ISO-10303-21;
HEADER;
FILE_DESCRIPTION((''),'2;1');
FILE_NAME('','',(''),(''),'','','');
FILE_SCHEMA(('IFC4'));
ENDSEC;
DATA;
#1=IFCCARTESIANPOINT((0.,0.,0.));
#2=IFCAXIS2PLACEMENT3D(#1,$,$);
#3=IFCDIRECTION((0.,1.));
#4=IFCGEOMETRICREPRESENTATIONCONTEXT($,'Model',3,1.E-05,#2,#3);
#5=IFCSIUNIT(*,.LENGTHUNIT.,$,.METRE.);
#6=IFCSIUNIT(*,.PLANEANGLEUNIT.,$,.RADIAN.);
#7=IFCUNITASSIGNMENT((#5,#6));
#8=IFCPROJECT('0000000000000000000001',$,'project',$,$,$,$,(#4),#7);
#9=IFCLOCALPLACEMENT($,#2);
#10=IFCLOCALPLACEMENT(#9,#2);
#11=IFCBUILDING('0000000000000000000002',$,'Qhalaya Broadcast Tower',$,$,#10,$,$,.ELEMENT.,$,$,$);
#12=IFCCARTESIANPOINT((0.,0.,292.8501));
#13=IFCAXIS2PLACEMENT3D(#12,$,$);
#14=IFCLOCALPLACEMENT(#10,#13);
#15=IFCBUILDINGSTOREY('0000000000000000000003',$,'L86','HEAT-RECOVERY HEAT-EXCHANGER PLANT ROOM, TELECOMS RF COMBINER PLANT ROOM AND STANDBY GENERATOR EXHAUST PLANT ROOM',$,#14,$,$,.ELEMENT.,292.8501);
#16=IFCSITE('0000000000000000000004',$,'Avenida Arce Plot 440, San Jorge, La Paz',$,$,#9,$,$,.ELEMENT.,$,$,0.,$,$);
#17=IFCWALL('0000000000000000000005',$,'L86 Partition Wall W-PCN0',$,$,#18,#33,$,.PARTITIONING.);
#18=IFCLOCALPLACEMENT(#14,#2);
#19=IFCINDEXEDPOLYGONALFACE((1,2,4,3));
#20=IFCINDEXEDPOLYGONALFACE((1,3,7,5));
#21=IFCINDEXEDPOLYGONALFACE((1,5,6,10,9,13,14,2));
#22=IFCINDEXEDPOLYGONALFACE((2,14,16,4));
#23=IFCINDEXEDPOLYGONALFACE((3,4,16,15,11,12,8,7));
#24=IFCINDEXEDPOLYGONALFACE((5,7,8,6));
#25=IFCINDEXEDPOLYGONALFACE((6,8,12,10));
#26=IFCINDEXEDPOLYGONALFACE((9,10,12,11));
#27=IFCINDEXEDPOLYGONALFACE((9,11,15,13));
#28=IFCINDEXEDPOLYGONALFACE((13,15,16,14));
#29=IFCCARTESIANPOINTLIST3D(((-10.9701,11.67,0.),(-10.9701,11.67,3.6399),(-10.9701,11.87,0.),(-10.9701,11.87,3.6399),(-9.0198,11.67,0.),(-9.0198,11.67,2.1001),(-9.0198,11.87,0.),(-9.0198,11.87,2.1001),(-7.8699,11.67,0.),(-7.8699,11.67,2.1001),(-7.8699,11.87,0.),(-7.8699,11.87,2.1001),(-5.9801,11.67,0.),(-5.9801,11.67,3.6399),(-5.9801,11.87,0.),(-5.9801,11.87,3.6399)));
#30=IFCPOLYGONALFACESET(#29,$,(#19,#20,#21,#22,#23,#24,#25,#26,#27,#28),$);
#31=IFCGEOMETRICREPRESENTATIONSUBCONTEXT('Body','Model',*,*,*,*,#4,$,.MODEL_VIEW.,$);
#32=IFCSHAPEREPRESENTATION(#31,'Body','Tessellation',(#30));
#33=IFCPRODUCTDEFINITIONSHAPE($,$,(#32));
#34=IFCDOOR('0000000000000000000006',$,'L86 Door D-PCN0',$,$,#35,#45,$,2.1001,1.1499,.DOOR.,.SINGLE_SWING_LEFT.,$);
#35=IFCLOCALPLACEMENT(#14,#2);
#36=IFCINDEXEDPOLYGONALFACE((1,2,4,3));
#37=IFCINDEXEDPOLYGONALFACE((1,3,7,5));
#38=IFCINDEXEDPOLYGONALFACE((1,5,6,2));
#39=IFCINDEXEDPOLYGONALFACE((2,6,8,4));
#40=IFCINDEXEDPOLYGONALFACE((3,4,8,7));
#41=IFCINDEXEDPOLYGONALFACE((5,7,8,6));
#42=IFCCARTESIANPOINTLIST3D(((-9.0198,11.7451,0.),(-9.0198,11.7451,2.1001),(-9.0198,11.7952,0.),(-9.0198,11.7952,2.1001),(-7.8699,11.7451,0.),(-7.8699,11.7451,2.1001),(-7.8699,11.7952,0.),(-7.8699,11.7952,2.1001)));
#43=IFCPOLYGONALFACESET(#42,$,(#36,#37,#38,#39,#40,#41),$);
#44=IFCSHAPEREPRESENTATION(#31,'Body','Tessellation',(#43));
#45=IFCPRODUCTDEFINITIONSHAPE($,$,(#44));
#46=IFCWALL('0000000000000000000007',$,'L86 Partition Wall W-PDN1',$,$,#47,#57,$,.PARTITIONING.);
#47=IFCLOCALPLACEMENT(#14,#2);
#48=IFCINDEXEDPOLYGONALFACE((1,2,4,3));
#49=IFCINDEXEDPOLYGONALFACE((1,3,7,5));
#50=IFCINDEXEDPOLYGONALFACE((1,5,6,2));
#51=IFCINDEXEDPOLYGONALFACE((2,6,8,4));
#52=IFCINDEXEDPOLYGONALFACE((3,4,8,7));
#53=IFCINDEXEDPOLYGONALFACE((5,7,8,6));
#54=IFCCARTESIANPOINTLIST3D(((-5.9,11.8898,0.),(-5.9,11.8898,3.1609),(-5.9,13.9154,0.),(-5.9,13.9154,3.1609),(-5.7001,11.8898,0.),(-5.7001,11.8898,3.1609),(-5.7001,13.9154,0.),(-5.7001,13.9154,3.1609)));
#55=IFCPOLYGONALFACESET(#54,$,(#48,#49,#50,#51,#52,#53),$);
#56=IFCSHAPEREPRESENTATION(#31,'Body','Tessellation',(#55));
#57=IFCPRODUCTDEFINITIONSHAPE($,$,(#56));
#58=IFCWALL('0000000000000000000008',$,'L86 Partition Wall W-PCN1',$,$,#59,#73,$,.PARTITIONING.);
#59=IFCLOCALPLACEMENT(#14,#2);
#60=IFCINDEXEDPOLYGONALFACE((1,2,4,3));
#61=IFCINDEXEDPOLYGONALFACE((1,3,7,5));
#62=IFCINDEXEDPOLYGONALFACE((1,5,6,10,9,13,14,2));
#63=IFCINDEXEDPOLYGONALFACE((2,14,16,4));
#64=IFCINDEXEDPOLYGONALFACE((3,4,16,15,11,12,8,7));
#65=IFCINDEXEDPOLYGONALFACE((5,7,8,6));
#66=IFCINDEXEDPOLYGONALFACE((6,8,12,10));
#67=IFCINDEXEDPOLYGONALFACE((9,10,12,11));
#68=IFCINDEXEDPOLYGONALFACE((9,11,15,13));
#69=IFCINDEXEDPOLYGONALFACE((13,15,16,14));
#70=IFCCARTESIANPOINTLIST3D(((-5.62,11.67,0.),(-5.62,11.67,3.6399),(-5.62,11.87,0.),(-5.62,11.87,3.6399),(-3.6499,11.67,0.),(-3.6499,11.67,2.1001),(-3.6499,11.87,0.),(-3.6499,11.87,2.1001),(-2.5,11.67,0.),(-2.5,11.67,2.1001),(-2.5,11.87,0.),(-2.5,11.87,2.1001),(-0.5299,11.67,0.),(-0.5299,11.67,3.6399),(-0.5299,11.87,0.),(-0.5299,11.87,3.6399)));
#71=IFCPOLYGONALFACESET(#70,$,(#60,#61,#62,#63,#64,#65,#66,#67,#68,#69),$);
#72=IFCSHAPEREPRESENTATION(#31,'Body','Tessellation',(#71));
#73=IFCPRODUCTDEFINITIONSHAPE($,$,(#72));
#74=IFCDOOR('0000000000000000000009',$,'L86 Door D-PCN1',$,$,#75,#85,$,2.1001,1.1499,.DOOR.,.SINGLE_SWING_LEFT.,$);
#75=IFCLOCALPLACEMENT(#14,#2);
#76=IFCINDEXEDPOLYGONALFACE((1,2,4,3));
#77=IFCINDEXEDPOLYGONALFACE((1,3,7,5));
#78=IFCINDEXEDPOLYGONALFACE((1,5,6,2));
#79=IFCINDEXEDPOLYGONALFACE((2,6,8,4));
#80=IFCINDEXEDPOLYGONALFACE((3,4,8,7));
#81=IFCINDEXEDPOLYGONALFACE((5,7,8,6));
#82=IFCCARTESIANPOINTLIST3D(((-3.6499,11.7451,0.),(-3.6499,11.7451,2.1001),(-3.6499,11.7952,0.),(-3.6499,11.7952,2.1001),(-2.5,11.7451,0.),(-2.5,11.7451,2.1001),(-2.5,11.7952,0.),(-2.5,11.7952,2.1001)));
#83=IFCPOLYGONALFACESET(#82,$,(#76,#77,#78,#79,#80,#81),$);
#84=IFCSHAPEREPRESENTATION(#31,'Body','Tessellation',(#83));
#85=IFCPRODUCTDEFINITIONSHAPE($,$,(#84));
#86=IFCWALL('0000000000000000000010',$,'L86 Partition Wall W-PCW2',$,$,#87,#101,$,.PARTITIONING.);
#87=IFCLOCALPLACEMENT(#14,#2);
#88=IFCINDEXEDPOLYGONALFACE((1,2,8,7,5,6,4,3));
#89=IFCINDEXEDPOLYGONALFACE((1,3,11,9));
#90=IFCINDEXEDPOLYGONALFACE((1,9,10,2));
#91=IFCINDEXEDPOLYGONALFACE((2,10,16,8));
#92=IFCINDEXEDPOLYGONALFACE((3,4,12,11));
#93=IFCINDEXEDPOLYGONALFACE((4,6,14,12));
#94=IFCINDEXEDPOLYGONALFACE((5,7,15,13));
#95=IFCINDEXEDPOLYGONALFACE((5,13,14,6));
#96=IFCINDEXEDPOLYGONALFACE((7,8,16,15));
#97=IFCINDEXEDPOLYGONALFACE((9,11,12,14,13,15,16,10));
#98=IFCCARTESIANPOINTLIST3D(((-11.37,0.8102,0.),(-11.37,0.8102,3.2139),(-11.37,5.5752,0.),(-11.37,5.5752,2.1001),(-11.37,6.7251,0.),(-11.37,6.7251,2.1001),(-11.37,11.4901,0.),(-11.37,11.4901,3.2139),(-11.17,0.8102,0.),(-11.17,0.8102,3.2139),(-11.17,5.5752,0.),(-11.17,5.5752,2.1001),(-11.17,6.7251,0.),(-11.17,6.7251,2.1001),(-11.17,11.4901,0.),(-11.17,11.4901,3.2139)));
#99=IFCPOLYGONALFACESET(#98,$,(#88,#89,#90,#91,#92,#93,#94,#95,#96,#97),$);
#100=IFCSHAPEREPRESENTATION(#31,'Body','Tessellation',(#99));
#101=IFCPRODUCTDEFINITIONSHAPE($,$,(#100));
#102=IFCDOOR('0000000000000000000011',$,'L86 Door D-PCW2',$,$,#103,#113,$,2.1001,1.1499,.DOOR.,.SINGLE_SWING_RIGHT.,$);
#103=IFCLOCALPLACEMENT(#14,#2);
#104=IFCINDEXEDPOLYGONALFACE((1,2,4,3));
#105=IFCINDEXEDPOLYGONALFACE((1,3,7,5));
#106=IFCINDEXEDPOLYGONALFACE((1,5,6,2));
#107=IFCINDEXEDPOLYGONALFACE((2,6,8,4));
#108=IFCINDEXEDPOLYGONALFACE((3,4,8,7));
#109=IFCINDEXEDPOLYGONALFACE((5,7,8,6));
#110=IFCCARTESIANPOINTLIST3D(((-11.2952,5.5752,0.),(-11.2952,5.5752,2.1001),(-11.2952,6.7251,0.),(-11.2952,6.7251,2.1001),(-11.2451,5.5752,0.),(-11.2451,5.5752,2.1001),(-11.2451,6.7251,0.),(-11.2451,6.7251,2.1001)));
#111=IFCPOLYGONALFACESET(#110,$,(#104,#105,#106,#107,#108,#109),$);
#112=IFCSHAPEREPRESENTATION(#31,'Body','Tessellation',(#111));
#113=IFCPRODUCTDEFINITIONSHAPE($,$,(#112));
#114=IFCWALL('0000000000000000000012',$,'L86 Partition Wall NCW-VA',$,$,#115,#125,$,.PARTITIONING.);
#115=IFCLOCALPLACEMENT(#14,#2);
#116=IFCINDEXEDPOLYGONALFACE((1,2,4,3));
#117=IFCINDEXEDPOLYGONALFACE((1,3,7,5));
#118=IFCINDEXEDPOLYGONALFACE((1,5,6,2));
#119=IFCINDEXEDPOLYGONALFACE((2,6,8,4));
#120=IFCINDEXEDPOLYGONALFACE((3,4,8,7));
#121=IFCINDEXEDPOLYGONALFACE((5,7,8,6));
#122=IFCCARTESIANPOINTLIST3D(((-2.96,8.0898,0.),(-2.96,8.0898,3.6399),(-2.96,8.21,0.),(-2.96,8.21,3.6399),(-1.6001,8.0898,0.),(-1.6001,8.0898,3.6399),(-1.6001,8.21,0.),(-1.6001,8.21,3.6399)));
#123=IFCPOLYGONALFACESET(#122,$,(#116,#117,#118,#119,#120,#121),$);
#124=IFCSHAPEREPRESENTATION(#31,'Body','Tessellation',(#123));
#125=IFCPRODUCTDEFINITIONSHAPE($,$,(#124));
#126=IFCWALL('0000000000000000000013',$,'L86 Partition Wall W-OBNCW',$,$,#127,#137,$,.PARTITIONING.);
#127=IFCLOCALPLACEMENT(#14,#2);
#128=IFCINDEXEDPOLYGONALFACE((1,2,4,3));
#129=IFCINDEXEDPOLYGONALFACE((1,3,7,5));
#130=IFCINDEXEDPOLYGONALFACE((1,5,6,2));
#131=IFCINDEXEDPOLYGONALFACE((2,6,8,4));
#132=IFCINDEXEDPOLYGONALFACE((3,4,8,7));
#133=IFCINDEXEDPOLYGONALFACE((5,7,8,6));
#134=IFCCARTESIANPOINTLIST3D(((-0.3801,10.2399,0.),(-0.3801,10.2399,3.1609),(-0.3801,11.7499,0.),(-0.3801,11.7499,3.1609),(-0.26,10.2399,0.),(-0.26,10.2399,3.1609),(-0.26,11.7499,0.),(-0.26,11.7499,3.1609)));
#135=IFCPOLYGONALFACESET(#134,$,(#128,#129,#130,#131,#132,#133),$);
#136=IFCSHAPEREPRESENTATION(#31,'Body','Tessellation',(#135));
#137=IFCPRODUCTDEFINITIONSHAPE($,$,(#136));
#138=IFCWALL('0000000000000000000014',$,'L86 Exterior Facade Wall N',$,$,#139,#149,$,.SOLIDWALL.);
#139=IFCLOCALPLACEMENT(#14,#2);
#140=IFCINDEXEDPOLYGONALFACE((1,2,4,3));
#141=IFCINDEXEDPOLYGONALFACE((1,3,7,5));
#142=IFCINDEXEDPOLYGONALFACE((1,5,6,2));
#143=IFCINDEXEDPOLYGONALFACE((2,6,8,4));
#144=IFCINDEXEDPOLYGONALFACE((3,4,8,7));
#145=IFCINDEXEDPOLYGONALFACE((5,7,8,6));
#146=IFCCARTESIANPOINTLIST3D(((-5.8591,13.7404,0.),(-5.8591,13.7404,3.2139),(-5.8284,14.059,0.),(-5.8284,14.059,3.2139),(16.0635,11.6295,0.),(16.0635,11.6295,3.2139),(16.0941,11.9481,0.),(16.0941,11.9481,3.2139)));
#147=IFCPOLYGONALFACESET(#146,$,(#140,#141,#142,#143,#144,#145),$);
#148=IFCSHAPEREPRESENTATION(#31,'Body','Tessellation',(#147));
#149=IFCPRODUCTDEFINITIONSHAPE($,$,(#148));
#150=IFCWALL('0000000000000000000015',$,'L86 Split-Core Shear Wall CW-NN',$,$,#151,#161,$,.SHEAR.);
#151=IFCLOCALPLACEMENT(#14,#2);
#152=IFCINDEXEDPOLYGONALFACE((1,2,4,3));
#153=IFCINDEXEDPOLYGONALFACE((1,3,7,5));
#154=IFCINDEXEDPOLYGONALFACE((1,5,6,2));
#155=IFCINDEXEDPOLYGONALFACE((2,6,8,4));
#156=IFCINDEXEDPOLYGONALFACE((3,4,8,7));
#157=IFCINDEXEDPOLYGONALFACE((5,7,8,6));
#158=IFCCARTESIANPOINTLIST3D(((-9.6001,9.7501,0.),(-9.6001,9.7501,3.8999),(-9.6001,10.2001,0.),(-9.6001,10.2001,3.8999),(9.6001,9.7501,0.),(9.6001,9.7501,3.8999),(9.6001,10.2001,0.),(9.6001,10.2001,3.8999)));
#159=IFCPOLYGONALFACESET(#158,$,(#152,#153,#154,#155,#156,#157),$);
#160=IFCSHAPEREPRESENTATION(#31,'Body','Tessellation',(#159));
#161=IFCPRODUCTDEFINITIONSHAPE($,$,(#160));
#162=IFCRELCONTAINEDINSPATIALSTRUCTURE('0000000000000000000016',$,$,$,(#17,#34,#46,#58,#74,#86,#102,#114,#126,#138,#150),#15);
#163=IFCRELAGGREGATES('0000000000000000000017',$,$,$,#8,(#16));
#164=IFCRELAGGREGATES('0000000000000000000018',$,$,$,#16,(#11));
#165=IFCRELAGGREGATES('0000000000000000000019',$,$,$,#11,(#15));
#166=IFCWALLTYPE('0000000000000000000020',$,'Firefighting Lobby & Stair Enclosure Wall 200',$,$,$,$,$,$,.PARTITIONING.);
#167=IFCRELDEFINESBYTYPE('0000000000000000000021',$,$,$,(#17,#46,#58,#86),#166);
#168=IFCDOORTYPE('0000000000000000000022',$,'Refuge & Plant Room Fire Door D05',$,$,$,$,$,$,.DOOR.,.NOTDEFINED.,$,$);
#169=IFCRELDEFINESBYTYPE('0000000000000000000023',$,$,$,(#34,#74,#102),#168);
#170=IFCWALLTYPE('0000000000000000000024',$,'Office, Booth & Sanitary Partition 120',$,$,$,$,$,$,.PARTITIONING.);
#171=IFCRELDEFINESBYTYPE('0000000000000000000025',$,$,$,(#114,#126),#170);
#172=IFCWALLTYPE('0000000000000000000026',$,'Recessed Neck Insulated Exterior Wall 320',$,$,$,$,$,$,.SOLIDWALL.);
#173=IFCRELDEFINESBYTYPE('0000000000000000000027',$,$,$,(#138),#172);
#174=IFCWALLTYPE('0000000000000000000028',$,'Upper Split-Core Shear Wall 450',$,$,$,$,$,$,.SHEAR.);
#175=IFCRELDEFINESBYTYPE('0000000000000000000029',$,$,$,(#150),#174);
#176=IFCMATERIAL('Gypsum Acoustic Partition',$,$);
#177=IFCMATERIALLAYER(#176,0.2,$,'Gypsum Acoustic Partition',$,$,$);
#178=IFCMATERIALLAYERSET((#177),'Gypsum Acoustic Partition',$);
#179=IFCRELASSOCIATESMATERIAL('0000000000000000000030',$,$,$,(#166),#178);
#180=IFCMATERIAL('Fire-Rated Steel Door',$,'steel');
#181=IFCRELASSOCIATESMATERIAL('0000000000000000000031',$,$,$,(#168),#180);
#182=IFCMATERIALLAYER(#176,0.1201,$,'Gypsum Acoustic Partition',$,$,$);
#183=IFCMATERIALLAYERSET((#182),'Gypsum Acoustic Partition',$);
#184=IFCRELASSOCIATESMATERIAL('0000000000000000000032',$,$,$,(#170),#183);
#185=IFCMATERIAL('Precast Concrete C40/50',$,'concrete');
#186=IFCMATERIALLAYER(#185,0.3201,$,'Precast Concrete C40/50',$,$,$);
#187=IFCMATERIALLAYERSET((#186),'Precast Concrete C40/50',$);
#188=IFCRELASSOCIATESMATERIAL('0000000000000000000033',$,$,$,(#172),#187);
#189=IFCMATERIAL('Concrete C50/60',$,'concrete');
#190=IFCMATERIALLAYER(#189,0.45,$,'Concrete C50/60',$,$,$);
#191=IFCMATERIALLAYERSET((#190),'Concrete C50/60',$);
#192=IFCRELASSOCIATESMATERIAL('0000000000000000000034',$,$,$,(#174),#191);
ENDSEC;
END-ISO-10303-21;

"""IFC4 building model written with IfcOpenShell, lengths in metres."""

from ifc_helpers import new_model, si_unit, direction, frame, frame_2d, origin, place, context, subcontext, project, spatial, rectangle, extrude, material, layer, layer_set, type_object, element, fill, save


model = new_model("IFC4")

# Units and contexts
model_context = context("Model", 3, precision=1e-05, world=origin(), true_north=direction((0.0, 1.0)))
body_context = subcontext(model_context, "Body", "Model", "MODEL_VIEW")
ifc_project = project(units=[si_unit("LENGTHUNIT", "METRE"), si_unit("PLANEANGLEUNIT", "RADIAN")], contexts=[model_context])

# Site, building, storey
site_placement = place(None, origin())
site = spatial("IfcSite", under=ifc_project, at=site_placement, Name="Avenida Arce Plot 440, San Jorge, La Paz", CompositionType="ELEMENT", RefElevation=0.0)
building_placement = place(site_placement, origin())
building = spatial("IfcBuilding", under=site, at=building_placement, Name="Qhalaya Broadcast Tower", CompositionType="ELEMENT")
storey_placement = place(building_placement, frame((0.0, 0.0, 292.8501)))
storey = spatial("IfcBuildingStorey", under=building, at=storey_placement, Name="L86", Description="HEAT-RECOVERY HEAT-EXCHANGER PLANT ROOM, TELECOMS RF COMBINER PLANT ROOM AND STANDBY GENERATOR EXHAUST PLANT ROOM", CompositionType="ELEMENT", Elevation=292.8501)

# Shared definitions
ifc_material_1 = material(Name="Concrete C50/60", Category="concrete")

# Wall, opening, door
ifc_material_2 = material(Name="Gypsum Acoustic Partition")
ifc_layer_1 = layer(ifc_material_2, 0.2, Name="Gypsum Acoustic Partition")
ifc_layer_set_1 = layer_set([ifc_layer_1], Name="Gypsum Acoustic Partition")
wall_type_1 = type_object("IfcWallType", Name="Firefighting Lobby & Stair Enclosure Wall 200", PredefinedType="PARTITIONING", material=ifc_layer_set_1)
wall_1_placement = place(storey_placement, frame((-5.98, 11.77, 0.0), z_axis=(0.0, 0.0, 1.0), x_axis=(-1.0, 0.0, 0.0)))
wall_1 = element("IfcWall", 1, at=wall_1_placement, inside=storey, type_object=wall_type_1, Name="L86 Partition Wall W-PCN0", PredefinedType="PARTITIONING", context=body_context, shape_type="SweptSolid", body=[
    extrude(rectangle(XDim=4.99, YDim=0.2, at=frame_2d((2.4951, 0.0))), origin(), (0.0, 0.0, 1.0), 3.6399),
])
opening_1_placement = place(wall_1_placement, frame((1.8899, 0.0, 0.0)))
opening_1 = element("IfcOpeningElement", 2, at=opening_1_placement, cuts=wall_1, PredefinedType="OPENING", context=body_context, shape_type="SweptSolid", body=[
    extrude(rectangle(XDim=1.1499, YDim=2.1001, at=frame_2d((0.575, 1.05))), frame((0.0, 0.1121, 0.0), z_axis=(0.0, -1.0, 0.0), x_axis=(1.0, 0.0, 0.0)), (0.0, 0.0, 1.0), 0.2239),
])
ifc_material_3 = material(Name="Fire-Rated Steel Door", Category="steel")
door_type = type_object("IfcDoorType", Name="Refuge & Plant Room Fire Door D05", OperationType="NOTDEFINED", PredefinedType="DOOR", material=ifc_material_3)
door_1_placement = place(opening_1_placement, origin())
door_1 = element("IfcDoor", 3, at=door_1_placement, inside=storey, type_object=door_type, Name="L86 Door D-PCN0", OperationType="SINGLE_SWING_LEFT", OverallHeight=2.1001, OverallWidth=1.1499, PredefinedType="DOOR", context=body_context, shape_type="SweptSolid", body=[
    extrude(rectangle(XDim=1.1499, YDim=2.1001, at=frame_2d((0.575, 1.05))), frame((0.0, 0.0249, 0.0), z_axis=(0.0, -1.0, 0.0), x_axis=(1.0, 0.0, 0.0)), (0.0, 0.0, 1.0), 0.05),
])
fill(opening_1, door_1)

# Wall
wall_2_placement = place(storey_placement, frame((-5.8, 11.8899, 0.0), z_axis=(0.0, 0.0, 1.0), x_axis=(0.0, 1.0, 0.0)))
element("IfcWall", 4, at=wall_2_placement, inside=storey, type_object=wall_type_1, Name="L86 Partition Wall W-PDN1", PredefinedType="PARTITIONING", context=body_context, shape_type="SweptSolid", body=[
    extrude(rectangle(XDim=2.0256, YDim=0.2, at=frame_2d((1.0127, 0.0))), origin(), (0.0, 0.0, 1.0), 3.1609),
])

# Walls, openings, doors
wall_3_placement = place(storey_placement, frame((-0.53, 11.77, 0.0), z_axis=(0.0, 0.0, 1.0), x_axis=(-1.0, 0.0, 0.0)))
wall_3 = element("IfcWall", 5, at=wall_3_placement, inside=storey, type_object=wall_type_1, Name="L86 Partition Wall W-PCN1", PredefinedType="PARTITIONING", context=body_context, shape_type="SweptSolid", body=[
    extrude(rectangle(XDim=5.0901, YDim=0.2, at=frame_2d((2.5449, 0.0))), origin(), (0.0, 0.0, 1.0), 3.6399),
])
opening_2_placement = place(wall_3_placement, frame((1.97, 0.0, 0.0)))
opening_2 = element("IfcOpeningElement", 6, at=opening_2_placement, cuts=wall_3, PredefinedType="OPENING", context=body_context, shape_type="SweptSolid", body=[
    extrude(rectangle(XDim=1.1499, YDim=2.1001, at=frame_2d((0.575, 1.05))), frame((0.0, 0.1121, 0.0), z_axis=(0.0, -1.0, 0.0), x_axis=(1.0, 0.0, 0.0)), (0.0, 0.0, 1.0), 0.2239),
])
door_2_placement = place(opening_2_placement, origin())
door_2 = element("IfcDoor", 7, at=door_2_placement, inside=storey, type_object=door_type, Name="L86 Door D-PCN1", OperationType="SINGLE_SWING_LEFT", OverallHeight=2.1001, OverallWidth=1.1499, PredefinedType="DOOR", context=body_context, shape_type="SweptSolid", body=[
    extrude(rectangle(XDim=1.1499, YDim=2.1001, at=frame_2d((0.575, 1.05))), frame((0.0, 0.0249, 0.0), z_axis=(0.0, -1.0, 0.0), x_axis=(1.0, 0.0, 0.0)), (0.0, 0.0, 1.0), 0.05),
])
fill(opening_2, door_2)
wall_4_placement = place(storey_placement, frame((-11.27, 11.49, 0.0), z_axis=(0.0, 0.0, 1.0), x_axis=(0.0, -1.0, 0.0)))
wall_4 = element("IfcWall", 8, at=wall_4_placement, inside=storey, type_object=wall_type_1, Name="L86 Partition Wall W-PCW2", PredefinedType="PARTITIONING", context=body_context, shape_type="SweptSolid", body=[
    extrude(rectangle(XDim=10.6799, YDim=0.2, at=frame_2d((5.3398, 0.0))), origin(), (0.0, 0.0, 1.0), 3.2139),
])
opening_3_placement = place(wall_4_placement, frame((4.7649, 0.0, 0.0)))
opening_3 = element("IfcOpeningElement", 9, at=opening_3_placement, cuts=wall_4, PredefinedType="OPENING", context=body_context, shape_type="SweptSolid", body=[
    extrude(rectangle(XDim=1.1499, YDim=2.1001, at=frame_2d((0.575, 1.05))), frame((0.0, 0.1121, 0.0), z_axis=(0.0, -1.0, 0.0), x_axis=(1.0, 0.0, 0.0)), (0.0, 0.0, 1.0), 0.2239),
])
door_3_placement = place(opening_3_placement, origin())
door_3 = element("IfcDoor", 10, at=door_3_placement, inside=storey, type_object=door_type, Name="L86 Door D-PCW2", OperationType="SINGLE_SWING_RIGHT", OverallHeight=2.1001, OverallWidth=1.1499, PredefinedType="DOOR", context=body_context, shape_type="SweptSolid", body=[
    extrude(rectangle(XDim=1.1499, YDim=2.1001, at=frame_2d((0.575, 1.05))), frame((0.0, 0.0249, 0.0), z_axis=(0.0, -1.0, 0.0), x_axis=(1.0, 0.0, 0.0)), (0.0, 0.0, 1.0), 0.05),
])
fill(opening_3, door_3)

# Walls
ifc_layer_2 = layer(ifc_material_2, 0.1201, Name="Gypsum Acoustic Partition")
ifc_layer_set_2 = layer_set([ifc_layer_2], Name="Gypsum Acoustic Partition")
wall_type_2 = type_object("IfcWallType", Name="Office, Booth & Sanitary Partition 120", PredefinedType="PARTITIONING", material=ifc_layer_set_2)
wall_5_placement = place(storey_placement, frame((-2.96, 8.1499, 0.0), z_axis=(0.0, 0.0, 1.0), x_axis=(1.0, 0.0, 0.0)))
element("IfcWall", 11, at=wall_5_placement, inside=storey, type_object=wall_type_2, Name="L86 Partition Wall NCW-VA", PredefinedType="PARTITIONING", context=body_context, shape_type="SweptSolid", body=[
    extrude(rectangle(XDim=1.3599, YDim=0.1201, at=frame_2d((0.6799, 0.0))), origin(), (0.0, 0.0, 1.0), 3.6399),
])
wall_6_placement = place(storey_placement, frame((-0.3201, 10.24, 0.0), z_axis=(0.0, 0.0, 1.0), x_axis=(0.0, 1.0, 0.0)))
element("IfcWall", 12, at=wall_6_placement, inside=storey, type_object=wall_type_2, Name="L86 Partition Wall W-OBNCW", PredefinedType="PARTITIONING", context=body_context, shape_type="SweptSolid", body=[
    extrude(rectangle(XDim=1.51, YDim=0.1201, at=frame_2d((0.7549, 0.0))), origin(), (0.0, 0.0, 1.0), 3.1609),
])
ifc_material_4 = material(Name="Precast Concrete C40/50", Category="concrete")
ifc_layer_3 = layer(ifc_material_4, 0.3201, Name="Precast Concrete C40/50")
ifc_layer_set_3 = layer_set([ifc_layer_3], Name="Precast Concrete C40/50")
wall_type_3 = type_object("IfcWallType", Name="Recessed Neck Insulated Exterior Wall 320", PredefinedType="SOLIDWALL", material=ifc_layer_set_3)
wall_7_placement = place(storey_placement, frame((-5.8438, 13.8997, 0.0), z_axis=(0.0, 0.0, 1.0), x_axis=(0.995396, -0.095843, 0.0)))
element("IfcWall", 13, at=wall_7_placement, inside=storey, type_object=wall_type_3, Name="L86 Exterior Facade Wall N", PredefinedType="SOLIDWALL", context=body_context, shape_type="SweptSolid", body=[
    extrude(rectangle(XDim=22.0239, YDim=0.3201, at=frame_2d((11.012, 0.0))), origin(), (0.0, 0.0, 1.0), 3.2139),
])
ifc_layer_4 = layer(ifc_material_1, 0.45, Name="Concrete C50/60")
ifc_layer_set_4 = layer_set([ifc_layer_4], Name="Concrete C50/60")
wall_type_4 = type_object("IfcWallType", Name="Upper Split-Core Shear Wall 450", PredefinedType="SHEAR", material=ifc_layer_set_4)
wall_8_placement = place(storey_placement, frame((-9.6001, 9.9751, 0.0), z_axis=(0.0, 0.0, 1.0), x_axis=(1.0, 0.0, 0.0)))
element("IfcWall", 14, at=wall_8_placement, inside=storey, type_object=wall_type_4, Name="L86 Split-Core Shear Wall CW-NN", PredefinedType="SHEAR", context=body_context, shape_type="SweptSolid", body=[
    extrude(rectangle(XDim=19.2002, YDim=0.45, at=frame_2d((9.6001, 0.0))), origin(), (0.0, 0.0, 1.0), 3.8999),
])

save(model, "model.ifc")
